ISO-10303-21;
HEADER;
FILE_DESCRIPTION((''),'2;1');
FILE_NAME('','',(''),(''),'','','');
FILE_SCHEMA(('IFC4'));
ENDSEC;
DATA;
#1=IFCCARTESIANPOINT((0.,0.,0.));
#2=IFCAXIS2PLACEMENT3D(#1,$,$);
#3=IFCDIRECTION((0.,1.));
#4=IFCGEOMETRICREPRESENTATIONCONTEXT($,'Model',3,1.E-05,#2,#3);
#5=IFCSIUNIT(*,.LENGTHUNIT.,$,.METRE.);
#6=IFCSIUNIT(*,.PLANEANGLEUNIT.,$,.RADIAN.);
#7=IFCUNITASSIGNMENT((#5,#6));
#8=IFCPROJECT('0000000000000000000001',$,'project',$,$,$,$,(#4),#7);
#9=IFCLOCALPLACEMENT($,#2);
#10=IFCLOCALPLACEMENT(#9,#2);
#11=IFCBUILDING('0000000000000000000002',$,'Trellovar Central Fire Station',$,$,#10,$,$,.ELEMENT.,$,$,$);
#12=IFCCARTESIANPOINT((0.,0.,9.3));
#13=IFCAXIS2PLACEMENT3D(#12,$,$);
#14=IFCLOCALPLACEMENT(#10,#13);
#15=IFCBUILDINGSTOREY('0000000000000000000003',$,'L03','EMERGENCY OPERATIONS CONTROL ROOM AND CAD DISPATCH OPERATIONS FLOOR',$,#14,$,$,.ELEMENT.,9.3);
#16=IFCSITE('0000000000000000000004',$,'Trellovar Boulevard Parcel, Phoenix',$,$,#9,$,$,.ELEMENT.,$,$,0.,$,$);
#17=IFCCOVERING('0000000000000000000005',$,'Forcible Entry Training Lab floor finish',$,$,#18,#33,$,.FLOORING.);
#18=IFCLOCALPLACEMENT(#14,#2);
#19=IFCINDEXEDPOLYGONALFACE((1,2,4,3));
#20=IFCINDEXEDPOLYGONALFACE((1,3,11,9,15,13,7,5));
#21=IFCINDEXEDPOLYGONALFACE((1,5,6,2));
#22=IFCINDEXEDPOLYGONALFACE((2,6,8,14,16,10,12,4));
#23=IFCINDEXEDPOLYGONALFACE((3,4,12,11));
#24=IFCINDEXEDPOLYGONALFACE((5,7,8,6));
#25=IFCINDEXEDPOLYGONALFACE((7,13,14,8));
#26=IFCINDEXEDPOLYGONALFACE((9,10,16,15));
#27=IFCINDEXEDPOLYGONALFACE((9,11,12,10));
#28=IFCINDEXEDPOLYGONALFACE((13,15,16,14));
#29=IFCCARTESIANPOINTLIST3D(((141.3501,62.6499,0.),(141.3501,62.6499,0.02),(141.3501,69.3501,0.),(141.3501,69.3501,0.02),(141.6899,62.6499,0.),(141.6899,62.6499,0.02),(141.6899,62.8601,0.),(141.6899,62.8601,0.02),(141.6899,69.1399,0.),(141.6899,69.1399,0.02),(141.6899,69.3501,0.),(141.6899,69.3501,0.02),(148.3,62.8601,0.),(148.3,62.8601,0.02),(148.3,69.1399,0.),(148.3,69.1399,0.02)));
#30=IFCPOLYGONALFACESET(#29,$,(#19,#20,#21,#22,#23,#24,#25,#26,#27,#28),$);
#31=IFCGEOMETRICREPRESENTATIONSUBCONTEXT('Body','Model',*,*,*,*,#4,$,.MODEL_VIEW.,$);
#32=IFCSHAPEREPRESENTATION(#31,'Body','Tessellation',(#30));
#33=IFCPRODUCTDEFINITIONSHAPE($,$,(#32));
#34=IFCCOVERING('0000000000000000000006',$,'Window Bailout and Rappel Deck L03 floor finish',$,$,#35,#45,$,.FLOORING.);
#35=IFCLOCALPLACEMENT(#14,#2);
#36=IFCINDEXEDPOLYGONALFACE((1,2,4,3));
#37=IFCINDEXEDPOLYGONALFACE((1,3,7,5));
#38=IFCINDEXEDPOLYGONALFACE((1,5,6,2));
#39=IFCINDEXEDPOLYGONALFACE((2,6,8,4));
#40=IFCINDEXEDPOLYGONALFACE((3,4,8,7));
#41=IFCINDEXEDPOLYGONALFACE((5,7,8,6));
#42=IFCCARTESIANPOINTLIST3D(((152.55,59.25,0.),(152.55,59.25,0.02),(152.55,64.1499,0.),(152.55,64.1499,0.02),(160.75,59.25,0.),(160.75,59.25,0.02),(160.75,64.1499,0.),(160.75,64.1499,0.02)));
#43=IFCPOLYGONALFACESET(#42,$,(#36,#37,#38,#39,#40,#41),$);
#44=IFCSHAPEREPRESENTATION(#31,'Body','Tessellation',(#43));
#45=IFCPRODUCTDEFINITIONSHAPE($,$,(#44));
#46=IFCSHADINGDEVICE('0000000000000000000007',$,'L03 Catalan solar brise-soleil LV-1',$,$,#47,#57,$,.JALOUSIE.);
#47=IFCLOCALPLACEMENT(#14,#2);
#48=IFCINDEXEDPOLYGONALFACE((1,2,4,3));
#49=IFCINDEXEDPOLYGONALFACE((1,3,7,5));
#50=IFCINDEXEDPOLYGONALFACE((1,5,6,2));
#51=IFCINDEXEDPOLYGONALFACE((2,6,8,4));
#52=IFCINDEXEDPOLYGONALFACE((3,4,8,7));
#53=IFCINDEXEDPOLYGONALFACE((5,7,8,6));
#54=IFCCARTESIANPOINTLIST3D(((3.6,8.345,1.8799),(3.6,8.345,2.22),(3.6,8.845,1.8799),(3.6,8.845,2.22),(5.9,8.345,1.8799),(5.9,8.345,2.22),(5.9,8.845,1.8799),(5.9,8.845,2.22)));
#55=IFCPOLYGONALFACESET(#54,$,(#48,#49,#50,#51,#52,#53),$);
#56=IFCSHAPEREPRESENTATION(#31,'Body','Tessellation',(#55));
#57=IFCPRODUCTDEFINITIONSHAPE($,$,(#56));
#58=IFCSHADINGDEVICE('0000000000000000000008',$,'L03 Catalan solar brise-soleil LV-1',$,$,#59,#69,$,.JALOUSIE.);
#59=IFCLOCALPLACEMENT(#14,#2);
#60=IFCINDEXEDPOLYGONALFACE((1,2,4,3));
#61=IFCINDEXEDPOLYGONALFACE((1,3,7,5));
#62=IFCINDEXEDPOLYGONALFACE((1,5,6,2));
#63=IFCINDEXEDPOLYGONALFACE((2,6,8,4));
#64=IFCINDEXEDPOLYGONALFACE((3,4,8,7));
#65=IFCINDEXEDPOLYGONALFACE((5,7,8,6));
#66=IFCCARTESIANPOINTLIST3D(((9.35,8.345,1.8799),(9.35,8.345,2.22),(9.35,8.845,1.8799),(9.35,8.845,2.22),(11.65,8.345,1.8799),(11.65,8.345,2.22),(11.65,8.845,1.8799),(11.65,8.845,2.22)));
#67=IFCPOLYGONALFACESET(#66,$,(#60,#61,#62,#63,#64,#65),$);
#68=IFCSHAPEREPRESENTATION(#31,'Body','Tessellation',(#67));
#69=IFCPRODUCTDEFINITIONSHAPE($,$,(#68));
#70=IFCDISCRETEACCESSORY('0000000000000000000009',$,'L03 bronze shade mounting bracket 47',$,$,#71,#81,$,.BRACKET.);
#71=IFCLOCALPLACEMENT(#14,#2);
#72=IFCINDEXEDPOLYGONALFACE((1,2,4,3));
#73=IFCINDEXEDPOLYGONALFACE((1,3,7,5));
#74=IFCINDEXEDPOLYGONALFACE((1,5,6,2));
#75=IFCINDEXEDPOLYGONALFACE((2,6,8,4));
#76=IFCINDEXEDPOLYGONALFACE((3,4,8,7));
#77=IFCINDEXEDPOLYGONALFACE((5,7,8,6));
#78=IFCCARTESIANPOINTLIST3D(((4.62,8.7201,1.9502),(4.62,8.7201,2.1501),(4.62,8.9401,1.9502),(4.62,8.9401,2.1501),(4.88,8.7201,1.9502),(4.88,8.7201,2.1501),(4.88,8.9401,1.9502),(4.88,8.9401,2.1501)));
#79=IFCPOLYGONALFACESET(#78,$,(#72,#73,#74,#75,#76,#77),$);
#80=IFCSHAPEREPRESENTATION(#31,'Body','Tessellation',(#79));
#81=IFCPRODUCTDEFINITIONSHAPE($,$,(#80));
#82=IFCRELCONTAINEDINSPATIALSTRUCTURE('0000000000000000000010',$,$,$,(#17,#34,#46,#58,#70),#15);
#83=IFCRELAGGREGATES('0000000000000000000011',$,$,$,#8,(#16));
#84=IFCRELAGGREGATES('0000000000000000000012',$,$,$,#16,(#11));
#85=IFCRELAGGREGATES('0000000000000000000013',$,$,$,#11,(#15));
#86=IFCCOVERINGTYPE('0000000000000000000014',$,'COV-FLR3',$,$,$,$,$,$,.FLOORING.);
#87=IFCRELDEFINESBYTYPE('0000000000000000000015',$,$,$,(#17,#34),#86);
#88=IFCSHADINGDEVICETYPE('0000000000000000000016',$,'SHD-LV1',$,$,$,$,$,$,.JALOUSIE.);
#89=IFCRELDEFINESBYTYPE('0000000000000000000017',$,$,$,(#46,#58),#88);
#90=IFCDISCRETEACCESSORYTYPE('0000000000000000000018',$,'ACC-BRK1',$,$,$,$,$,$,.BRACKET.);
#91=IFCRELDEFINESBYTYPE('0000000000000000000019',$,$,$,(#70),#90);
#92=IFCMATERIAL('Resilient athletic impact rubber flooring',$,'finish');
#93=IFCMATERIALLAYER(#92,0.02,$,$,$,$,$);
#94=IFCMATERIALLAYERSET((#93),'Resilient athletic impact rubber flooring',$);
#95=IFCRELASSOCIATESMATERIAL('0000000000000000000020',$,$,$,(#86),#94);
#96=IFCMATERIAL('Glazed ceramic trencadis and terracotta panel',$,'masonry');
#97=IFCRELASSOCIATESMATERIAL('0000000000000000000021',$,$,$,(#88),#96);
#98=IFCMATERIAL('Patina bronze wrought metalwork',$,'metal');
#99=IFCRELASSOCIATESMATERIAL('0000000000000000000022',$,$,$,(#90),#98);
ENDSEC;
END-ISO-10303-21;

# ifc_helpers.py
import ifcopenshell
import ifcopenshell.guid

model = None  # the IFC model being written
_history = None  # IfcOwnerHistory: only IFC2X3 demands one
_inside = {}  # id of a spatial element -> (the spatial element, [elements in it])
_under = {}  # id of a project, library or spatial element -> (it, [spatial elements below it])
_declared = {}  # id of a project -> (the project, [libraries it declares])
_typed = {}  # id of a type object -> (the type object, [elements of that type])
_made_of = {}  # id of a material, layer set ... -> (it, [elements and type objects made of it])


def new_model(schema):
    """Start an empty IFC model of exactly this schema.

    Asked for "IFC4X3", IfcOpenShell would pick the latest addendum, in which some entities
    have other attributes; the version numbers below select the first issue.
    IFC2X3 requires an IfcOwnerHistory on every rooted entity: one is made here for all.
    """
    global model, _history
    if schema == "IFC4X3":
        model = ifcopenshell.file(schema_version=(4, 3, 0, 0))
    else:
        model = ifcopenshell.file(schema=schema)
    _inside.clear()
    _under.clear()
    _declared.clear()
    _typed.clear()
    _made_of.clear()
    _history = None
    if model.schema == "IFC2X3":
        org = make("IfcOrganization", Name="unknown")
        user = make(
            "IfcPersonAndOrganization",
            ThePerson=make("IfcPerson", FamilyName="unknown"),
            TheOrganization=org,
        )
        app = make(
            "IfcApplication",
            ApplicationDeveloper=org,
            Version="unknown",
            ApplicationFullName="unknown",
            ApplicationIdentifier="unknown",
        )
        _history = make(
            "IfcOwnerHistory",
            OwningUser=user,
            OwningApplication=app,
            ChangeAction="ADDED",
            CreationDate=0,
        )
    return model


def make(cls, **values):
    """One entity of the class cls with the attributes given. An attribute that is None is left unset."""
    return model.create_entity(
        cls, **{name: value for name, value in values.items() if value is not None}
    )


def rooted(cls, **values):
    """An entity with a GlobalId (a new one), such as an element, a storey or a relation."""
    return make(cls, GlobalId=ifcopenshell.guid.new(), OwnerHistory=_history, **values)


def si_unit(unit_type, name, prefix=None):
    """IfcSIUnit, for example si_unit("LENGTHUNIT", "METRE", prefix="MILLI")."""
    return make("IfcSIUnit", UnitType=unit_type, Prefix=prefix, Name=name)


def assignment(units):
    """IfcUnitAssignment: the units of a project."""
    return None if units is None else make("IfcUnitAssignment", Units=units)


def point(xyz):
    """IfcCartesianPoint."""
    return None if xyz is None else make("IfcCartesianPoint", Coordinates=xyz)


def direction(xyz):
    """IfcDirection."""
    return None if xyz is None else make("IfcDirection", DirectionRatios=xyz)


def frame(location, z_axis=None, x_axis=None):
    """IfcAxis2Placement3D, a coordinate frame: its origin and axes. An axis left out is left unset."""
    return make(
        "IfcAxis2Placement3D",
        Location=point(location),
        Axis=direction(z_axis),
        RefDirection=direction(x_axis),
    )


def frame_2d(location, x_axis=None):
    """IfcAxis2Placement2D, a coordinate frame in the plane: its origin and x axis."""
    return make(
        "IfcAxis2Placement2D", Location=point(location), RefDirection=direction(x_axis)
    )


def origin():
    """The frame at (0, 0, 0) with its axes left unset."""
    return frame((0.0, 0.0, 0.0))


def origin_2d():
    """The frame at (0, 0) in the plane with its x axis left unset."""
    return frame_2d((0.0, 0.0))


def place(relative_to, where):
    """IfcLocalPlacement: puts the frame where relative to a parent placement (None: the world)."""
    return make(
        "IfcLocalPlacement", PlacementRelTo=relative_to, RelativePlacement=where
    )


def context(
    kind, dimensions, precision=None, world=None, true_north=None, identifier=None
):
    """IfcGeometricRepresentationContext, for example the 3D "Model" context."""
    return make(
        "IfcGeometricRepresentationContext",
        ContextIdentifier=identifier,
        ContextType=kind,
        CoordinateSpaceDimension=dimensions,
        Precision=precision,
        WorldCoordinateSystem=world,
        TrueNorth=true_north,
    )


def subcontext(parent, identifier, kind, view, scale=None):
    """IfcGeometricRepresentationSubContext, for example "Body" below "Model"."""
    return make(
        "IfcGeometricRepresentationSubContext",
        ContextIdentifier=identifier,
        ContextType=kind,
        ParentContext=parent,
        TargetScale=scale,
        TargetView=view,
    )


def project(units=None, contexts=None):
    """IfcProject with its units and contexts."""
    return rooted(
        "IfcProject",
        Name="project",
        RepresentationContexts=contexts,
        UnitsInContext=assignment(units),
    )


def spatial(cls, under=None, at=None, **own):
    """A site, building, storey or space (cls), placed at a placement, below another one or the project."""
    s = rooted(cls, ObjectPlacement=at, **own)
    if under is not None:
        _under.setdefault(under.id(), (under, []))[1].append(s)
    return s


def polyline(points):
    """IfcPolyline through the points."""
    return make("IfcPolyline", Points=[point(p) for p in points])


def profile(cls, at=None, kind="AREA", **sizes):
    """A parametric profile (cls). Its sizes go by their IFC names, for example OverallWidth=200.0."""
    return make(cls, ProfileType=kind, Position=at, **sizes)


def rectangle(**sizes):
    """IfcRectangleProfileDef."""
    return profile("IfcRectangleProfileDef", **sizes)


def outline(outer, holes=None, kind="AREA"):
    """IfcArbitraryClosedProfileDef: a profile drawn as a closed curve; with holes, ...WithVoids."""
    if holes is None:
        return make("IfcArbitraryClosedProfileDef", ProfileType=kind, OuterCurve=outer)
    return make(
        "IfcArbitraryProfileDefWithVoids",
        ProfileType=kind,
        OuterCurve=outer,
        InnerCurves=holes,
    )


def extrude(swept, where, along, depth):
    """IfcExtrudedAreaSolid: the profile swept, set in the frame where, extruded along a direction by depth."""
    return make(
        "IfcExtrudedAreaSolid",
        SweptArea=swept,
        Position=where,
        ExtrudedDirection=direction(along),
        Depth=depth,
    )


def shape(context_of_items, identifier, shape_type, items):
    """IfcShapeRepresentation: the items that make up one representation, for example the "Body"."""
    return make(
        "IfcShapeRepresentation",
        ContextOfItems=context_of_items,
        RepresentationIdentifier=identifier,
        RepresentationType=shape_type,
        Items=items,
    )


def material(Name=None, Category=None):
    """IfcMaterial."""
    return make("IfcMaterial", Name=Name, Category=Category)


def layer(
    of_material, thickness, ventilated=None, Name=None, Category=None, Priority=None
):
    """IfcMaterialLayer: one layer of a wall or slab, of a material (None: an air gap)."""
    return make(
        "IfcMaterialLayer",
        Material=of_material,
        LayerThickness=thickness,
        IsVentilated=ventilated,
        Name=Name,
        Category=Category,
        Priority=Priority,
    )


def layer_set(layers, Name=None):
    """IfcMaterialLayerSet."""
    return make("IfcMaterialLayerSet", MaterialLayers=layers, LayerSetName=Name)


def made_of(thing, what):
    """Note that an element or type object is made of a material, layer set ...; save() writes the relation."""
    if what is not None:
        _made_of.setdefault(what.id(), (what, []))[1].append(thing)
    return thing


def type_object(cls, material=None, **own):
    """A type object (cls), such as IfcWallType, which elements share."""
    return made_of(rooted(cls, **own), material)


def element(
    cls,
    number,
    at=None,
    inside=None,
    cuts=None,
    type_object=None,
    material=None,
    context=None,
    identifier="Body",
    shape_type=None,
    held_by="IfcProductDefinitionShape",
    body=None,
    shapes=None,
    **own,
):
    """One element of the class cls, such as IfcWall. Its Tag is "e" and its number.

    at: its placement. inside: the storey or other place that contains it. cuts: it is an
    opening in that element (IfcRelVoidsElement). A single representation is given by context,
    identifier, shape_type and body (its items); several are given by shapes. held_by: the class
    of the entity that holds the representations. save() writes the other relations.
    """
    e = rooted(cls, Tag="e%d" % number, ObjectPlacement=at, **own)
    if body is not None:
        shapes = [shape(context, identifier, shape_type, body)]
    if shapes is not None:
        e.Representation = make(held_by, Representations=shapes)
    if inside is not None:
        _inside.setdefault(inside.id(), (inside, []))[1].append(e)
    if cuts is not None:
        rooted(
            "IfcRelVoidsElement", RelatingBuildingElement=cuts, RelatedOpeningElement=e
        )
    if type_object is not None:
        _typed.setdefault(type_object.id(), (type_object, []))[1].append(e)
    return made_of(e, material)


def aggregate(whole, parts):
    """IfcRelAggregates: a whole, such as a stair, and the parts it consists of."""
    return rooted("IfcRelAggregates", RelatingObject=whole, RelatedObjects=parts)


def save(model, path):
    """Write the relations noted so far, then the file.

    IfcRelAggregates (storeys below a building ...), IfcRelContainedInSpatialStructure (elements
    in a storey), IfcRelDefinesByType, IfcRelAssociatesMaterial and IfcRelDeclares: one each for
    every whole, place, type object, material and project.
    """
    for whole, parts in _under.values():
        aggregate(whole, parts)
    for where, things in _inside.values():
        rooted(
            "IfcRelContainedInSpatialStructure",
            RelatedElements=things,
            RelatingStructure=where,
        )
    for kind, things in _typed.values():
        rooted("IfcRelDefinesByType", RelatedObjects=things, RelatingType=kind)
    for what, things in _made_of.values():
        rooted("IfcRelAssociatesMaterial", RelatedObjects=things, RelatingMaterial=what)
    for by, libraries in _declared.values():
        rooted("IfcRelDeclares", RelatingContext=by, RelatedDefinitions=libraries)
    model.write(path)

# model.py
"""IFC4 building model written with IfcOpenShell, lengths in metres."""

from ifc_helpers import new_model, si_unit, direction, frame, origin, origin_2d, place, context, subcontext, project, spatial, polyline, rectangle, outline, extrude, material, layer, layer_set, type_object, element, save


model = new_model("IFC4")

# Units and contexts
model_context = context("Model", 3, precision=1e-05, world=origin(), true_north=direction((0.0, 1.0)))
body_context = subcontext(model_context, "Body", "Model", "MODEL_VIEW")
ifc_project = project(units=[si_unit("LENGTHUNIT", "METRE"), si_unit("PLANEANGLEUNIT", "RADIAN")], contexts=[model_context])

# Site, building, storey
site_placement = place(None, origin())
site = spatial("IfcSite", under=ifc_project, at=site_placement, Name="Trellovar Boulevard Parcel, Phoenix", CompositionType="ELEMENT", RefElevation=0.0)
building_placement = place(site_placement, origin())
building = spatial("IfcBuilding", under=site, at=building_placement, Name="Trellovar Central Fire Station", CompositionType="ELEMENT")
storey_placement = place(building_placement, frame((0.0, 0.0, 9.3)))
storey = spatial("IfcBuildingStorey", under=building, at=storey_placement, Name="L03", Description="EMERGENCY OPERATIONS CONTROL ROOM AND CAD DISPATCH OPERATIONS FLOOR", CompositionType="ELEMENT", Elevation=9.3)

# Coverings
ifc_material_1 = material(Name="Resilient athletic impact rubber flooring", Category="finish")
ifc_layer_1 = layer(ifc_material_1, 0.02)
ifc_layer_set_1 = layer_set([ifc_layer_1], Name="Resilient athletic impact rubber flooring")
covering_type_1 = type_object("IfcCoveringType", Name="COV-FLR3", PredefinedType="FLOORING", material=ifc_layer_set_1)
covering_1_placement = place(storey_placement, origin())
element("IfcCovering", 1, at=covering_1_placement, inside=storey, type_object=covering_type_1, Name="Forcible Entry Training Lab floor finish", PredefinedType="FLOORING", context=body_context, shape_type="SweptSolid", body=[
    extrude(outline(polyline([(141.6899, 62.8601), (141.6899, 62.6499), (141.3501, 62.6499), (141.3501, 69.3501), (141.6899, 69.3501), (141.6899, 69.1399), (148.3, 69.1399), (148.3, 62.8601), (141.6899, 62.8601)])), origin(), (0.0, 0.0, 1.0), 0.02),
])
covering_2_placement = place(storey_placement, origin())
element("IfcCovering", 2, at=covering_2_placement, inside=storey, type_object=covering_type_1, Name="Window Bailout and Rappel Deck L03 floor finish", PredefinedType="FLOORING", context=body_context, shape_type="SweptSolid", body=[
    extrude(outline(polyline([(160.75, 64.1499), (160.75, 59.25), (152.55, 59.25), (152.55, 64.1499), (160.75, 64.1499)])), origin(), (0.0, 0.0, 1.0), 0.02),
])

# Shading devices
ifc_material_2 = material(Name="Glazed ceramic trencadis and terracotta panel", Category="masonry")
shading_device_type = type_object("IfcShadingDeviceType", Name="SHD-LV1", PredefinedType="JALOUSIE", material=ifc_material_2)
for number, where, z_axis, x_axis, name in (
    (3, (4.75, 8.595, 1.8799), (0.0, 0.0, 1.0), (1.0, 0.0, 0.0), "L03 Catalan solar brise-soleil LV-1"),
    (4, (10.5, 8.595, 1.8799), (0.0, 0.0, 1.0), (1.0, 0.0, 0.0), "L03 Catalan solar brise-soleil LV-1"),
):
    element("IfcShadingDevice", number, at=place(storey_placement, frame(where, z_axis=z_axis, x_axis=x_axis)), inside=storey, type_object=shading_device_type, Name=name, PredefinedType="JALOUSIE", context=body_context, shape_type="SweptSolid", body=[
        extrude(rectangle(XDim=2.3, YDim=0.5, at=origin_2d()), origin(), (0.0, 0.0, 1.0), 0.3401),
    ])

# Discrete accessory
ifc_material_3 = material(Name="Patina bronze wrought metalwork", Category="metal")
discrete_accessory_type = type_object("IfcDiscreteAccessoryType", Name="ACC-BRK1", PredefinedType="BRACKET", material=ifc_material_3)
discrete_accessory_placement = place(storey_placement, frame((4.75, 8.8301, 1.9502), z_axis=(0.0, 0.0, 1.0), x_axis=(1.0, 0.0, 0.0)))
element("IfcDiscreteAccessory", 5, at=discrete_accessory_placement, inside=storey, type_object=discrete_accessory_type, Name="L03 bronze shade mounting bracket 47", PredefinedType="BRACKET", context=body_context, shape_type="SweptSolid", body=[
    extrude(rectangle(XDim=0.26, YDim=0.22, at=origin_2d()), origin(), (0.0, 0.0, 1.0), 0.2),
])

save(model, "model.ifc")
